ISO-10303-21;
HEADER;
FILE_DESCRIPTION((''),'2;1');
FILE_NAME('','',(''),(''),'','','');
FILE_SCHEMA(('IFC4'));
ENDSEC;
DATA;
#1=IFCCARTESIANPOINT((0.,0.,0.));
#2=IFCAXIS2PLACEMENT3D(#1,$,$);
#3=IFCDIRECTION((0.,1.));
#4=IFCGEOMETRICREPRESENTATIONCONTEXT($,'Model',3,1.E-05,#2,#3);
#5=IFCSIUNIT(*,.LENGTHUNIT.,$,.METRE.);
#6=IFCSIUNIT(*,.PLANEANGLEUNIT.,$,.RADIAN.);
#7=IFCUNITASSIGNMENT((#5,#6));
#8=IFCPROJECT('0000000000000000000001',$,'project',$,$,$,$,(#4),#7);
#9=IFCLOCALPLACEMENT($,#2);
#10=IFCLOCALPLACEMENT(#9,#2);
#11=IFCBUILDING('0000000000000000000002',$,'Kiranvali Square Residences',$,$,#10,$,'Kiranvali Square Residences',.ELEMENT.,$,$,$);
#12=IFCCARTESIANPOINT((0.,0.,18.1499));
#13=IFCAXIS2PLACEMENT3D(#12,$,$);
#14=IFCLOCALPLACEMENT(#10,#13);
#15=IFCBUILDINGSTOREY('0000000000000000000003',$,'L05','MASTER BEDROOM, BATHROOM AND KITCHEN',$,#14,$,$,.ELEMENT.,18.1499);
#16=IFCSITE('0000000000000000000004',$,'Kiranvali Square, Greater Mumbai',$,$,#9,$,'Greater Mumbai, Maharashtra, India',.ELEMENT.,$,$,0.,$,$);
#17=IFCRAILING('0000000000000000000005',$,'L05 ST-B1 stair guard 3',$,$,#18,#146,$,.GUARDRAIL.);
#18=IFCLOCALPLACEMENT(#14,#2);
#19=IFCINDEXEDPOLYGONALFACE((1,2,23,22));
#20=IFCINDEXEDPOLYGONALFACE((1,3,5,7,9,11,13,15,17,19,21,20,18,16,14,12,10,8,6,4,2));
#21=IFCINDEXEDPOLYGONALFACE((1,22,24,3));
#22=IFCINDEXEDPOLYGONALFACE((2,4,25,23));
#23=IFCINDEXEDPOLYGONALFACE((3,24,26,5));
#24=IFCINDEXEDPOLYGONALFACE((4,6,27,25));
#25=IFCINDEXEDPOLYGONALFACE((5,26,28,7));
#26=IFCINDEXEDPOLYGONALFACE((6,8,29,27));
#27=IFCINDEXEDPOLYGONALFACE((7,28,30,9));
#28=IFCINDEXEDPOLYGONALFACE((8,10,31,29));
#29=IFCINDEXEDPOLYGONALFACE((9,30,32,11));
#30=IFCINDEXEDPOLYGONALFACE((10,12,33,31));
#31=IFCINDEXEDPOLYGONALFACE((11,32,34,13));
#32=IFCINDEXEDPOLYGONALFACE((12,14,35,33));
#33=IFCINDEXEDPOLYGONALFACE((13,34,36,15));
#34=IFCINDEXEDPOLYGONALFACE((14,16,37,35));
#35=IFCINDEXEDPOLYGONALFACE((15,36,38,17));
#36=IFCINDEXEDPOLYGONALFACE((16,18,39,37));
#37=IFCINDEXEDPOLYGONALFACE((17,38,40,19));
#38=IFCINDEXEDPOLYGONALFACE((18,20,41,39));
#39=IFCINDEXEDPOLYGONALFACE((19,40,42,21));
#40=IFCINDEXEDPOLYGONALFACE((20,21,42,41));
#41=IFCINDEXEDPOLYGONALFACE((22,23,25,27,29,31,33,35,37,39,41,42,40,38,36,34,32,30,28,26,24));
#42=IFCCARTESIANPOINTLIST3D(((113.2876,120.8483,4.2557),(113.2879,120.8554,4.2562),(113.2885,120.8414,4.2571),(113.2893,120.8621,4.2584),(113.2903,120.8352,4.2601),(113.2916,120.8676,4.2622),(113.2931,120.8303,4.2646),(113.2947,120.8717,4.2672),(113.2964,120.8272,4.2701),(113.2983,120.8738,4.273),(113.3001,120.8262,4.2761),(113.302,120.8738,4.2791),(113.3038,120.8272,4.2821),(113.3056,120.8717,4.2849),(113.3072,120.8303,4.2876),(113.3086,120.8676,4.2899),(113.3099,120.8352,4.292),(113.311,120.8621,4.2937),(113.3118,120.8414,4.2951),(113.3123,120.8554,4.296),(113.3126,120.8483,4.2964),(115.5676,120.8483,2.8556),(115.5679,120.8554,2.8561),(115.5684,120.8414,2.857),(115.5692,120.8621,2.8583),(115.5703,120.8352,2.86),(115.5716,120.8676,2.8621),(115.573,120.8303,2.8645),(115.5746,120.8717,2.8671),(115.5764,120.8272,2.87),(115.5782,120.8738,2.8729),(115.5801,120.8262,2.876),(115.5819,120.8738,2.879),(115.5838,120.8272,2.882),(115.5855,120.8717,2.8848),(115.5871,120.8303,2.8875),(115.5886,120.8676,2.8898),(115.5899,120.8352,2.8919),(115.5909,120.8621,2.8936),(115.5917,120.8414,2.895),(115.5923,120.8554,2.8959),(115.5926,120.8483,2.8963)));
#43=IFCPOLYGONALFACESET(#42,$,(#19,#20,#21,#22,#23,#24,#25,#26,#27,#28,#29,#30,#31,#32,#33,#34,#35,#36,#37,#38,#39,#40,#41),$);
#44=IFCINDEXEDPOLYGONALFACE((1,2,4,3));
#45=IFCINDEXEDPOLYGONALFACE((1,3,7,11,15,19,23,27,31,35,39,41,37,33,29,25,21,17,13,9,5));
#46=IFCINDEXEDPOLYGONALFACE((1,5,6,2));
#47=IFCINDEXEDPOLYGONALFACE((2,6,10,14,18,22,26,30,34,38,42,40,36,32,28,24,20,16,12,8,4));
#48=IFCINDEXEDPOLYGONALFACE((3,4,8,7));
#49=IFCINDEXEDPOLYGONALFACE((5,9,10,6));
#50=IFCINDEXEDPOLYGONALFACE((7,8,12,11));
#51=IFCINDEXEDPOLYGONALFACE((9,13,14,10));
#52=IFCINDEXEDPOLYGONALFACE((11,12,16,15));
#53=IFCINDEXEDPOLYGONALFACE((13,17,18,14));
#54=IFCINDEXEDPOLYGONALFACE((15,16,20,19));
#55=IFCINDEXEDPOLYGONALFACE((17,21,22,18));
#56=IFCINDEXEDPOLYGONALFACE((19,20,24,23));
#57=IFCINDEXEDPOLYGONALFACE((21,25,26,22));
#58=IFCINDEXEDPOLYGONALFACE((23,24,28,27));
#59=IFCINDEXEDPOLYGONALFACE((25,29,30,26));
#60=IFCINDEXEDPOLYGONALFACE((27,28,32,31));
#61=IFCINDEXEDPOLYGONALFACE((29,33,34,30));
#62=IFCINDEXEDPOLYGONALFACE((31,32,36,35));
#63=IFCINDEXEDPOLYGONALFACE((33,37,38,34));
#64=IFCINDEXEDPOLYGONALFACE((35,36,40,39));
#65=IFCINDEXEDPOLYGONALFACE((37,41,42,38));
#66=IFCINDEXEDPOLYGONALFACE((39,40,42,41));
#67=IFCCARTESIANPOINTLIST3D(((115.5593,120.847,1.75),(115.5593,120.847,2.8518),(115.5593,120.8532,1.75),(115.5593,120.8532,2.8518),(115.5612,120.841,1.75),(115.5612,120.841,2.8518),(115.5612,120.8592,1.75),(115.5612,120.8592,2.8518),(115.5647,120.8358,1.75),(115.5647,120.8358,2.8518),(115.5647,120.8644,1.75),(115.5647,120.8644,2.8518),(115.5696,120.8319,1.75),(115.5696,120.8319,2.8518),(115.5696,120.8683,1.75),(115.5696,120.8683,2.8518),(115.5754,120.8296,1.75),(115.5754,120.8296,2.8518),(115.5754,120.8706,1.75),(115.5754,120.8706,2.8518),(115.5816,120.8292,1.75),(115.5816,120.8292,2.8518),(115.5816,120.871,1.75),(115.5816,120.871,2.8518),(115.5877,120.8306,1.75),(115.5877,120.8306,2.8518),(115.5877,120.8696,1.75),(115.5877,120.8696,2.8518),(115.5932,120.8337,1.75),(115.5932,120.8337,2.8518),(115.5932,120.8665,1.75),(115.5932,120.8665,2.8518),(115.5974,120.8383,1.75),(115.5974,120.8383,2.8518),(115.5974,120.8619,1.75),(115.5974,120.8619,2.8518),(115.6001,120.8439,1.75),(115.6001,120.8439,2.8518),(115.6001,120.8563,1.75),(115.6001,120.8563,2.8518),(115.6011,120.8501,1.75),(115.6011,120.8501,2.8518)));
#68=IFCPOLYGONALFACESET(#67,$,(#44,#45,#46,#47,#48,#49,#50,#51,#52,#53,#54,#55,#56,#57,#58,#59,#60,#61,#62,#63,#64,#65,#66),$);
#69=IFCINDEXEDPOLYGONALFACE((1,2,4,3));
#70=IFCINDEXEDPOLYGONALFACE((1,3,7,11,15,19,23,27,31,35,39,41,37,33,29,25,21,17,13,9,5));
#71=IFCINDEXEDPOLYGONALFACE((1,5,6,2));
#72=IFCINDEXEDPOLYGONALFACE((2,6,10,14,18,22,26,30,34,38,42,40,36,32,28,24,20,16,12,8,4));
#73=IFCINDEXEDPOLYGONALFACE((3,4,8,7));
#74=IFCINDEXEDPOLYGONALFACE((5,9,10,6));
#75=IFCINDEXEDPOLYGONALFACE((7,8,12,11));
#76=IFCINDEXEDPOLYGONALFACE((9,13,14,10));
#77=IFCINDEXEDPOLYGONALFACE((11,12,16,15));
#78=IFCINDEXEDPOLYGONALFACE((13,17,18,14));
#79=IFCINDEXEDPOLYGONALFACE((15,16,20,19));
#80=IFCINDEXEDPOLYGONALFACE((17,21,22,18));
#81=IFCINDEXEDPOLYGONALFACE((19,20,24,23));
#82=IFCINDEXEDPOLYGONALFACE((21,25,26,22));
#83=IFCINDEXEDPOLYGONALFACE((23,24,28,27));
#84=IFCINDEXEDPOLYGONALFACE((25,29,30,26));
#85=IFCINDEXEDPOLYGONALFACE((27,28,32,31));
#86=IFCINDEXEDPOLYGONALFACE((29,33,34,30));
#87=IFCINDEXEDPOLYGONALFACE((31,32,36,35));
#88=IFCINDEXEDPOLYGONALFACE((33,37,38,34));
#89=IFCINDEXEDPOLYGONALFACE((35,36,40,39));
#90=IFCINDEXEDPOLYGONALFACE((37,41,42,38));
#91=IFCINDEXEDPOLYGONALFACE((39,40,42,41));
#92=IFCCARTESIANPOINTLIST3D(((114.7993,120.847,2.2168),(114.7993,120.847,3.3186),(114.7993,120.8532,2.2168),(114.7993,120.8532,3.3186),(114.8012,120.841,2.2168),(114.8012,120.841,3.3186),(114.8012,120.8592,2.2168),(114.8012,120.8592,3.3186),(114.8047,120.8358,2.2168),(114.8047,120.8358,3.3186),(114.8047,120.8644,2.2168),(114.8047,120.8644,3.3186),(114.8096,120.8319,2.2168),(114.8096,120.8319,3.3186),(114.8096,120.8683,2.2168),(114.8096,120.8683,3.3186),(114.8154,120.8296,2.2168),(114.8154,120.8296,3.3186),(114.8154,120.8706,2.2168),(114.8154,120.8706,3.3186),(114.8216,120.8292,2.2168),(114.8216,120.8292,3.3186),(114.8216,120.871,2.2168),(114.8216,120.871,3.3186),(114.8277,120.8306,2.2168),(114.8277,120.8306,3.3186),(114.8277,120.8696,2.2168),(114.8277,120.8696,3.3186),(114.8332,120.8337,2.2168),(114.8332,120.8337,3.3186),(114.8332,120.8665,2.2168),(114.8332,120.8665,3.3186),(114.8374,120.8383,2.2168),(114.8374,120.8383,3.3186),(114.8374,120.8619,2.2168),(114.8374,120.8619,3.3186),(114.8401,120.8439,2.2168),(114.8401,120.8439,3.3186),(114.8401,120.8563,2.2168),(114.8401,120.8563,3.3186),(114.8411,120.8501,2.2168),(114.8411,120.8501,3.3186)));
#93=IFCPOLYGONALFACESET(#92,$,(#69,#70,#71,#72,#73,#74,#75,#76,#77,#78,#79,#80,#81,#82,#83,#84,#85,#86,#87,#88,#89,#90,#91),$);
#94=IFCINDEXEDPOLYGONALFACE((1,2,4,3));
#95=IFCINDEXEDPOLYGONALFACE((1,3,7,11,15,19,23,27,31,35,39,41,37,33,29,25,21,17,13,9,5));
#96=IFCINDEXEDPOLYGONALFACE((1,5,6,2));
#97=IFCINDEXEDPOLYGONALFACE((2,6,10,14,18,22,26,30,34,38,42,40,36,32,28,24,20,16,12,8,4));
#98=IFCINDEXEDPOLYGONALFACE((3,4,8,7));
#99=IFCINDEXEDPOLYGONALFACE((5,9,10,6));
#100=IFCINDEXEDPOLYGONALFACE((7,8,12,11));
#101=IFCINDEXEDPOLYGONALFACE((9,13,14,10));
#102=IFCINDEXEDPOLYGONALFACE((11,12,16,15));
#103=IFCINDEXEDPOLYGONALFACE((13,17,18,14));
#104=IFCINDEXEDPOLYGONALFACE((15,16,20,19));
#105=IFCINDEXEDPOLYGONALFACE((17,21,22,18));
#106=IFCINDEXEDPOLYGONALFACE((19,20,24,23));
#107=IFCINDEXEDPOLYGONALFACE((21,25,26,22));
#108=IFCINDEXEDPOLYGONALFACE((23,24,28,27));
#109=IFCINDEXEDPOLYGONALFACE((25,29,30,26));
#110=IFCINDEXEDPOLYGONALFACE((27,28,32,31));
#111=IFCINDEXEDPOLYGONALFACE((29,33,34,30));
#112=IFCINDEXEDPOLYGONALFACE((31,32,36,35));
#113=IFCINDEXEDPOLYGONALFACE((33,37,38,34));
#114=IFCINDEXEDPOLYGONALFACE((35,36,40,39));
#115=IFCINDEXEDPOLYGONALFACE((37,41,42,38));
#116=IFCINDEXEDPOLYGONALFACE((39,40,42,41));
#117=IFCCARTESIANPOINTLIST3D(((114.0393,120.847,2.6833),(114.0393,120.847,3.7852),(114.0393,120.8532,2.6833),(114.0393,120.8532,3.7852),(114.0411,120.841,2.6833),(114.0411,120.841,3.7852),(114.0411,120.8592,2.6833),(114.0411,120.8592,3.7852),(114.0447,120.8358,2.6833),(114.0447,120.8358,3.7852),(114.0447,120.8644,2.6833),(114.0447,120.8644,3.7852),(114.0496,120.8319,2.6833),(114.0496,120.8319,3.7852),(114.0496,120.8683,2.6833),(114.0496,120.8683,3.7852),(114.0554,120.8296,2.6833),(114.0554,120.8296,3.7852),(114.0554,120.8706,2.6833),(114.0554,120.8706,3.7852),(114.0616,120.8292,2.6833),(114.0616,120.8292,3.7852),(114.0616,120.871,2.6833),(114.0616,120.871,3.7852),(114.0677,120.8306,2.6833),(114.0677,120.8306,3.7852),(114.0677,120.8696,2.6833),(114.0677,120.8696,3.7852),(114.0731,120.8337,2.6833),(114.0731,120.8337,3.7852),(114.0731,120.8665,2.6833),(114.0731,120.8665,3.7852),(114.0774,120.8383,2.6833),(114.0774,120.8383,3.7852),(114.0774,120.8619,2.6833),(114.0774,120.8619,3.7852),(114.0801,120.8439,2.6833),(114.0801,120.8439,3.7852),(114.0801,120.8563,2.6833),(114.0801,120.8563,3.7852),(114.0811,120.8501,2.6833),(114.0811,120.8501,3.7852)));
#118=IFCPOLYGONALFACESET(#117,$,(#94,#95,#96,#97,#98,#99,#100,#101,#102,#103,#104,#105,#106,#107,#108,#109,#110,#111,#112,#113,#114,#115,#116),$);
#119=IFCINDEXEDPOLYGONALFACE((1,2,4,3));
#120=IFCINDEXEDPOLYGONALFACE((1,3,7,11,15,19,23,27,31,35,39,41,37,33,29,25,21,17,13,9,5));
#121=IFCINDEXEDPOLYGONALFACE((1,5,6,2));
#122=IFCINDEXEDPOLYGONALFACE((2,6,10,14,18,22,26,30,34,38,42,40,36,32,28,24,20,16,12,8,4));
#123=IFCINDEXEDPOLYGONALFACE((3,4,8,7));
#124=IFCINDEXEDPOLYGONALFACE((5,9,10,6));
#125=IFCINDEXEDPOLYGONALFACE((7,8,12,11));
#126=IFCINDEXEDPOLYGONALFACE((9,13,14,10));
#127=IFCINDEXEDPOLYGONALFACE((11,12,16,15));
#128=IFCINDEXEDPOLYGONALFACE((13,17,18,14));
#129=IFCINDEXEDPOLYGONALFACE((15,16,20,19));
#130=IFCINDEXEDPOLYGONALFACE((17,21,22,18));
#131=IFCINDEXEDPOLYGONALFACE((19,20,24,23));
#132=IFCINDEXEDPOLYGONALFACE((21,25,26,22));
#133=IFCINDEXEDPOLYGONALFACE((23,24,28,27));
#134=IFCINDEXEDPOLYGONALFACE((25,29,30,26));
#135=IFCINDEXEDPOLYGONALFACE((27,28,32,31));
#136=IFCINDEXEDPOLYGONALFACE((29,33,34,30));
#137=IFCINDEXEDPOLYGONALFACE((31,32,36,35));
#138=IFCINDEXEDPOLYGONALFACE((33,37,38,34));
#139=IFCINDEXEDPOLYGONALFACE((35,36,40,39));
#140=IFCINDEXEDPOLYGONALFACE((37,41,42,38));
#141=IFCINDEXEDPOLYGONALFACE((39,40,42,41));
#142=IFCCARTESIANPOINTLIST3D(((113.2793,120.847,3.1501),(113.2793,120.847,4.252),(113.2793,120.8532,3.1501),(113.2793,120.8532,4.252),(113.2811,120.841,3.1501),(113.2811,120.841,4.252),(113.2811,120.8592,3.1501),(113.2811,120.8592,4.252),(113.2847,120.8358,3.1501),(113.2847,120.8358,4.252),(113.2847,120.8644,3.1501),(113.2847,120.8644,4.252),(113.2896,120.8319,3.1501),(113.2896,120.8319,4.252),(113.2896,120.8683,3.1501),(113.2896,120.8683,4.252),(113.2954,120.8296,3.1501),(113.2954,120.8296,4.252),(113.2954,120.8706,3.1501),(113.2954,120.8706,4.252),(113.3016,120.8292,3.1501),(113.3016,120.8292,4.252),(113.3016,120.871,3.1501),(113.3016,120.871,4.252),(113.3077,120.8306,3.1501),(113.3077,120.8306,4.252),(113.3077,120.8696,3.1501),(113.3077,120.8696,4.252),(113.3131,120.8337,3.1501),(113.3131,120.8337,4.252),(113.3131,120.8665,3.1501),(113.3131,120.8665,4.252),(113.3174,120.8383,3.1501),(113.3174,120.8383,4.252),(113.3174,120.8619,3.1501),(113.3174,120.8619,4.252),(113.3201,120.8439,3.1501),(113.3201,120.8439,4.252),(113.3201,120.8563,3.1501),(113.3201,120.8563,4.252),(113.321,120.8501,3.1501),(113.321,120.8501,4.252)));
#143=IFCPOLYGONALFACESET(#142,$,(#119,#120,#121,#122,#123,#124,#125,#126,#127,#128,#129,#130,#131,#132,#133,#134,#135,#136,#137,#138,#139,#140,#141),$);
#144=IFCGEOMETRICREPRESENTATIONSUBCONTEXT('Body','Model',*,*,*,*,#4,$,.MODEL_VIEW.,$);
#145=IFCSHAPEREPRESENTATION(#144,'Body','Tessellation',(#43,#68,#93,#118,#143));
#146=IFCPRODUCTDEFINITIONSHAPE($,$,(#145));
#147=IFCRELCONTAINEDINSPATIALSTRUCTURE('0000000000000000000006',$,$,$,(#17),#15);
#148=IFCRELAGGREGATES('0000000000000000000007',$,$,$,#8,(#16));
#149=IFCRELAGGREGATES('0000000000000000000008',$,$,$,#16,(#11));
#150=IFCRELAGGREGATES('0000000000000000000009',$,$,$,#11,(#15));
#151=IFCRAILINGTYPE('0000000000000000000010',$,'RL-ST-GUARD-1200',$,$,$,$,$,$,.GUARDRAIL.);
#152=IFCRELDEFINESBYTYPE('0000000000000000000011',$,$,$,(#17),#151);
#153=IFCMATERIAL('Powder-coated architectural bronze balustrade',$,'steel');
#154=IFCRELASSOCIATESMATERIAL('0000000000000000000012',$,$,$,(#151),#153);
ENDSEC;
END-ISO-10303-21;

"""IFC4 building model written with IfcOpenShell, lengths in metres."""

from ifc_helpers import new_model, si_unit, direction, frame, origin, origin_2d, place, context, subcontext, project, spatial, circle, extrude, material, type_object, element, save


model = new_model("IFC4")

# Units and contexts
model_context = context("Model", 3, precision=1e-05, world=origin(), true_north=direction((0.0, 1.0)))
body_context = subcontext(model_context, "Body", "Model", "MODEL_VIEW")
ifc_project = project(units=[si_unit("LENGTHUNIT", "METRE"), si_unit("PLANEANGLEUNIT", "RADIAN")], contexts=[model_context])

# Site, building, storey
site_placement = place(None, origin())
site = spatial("IfcSite", under=ifc_project, at=site_placement, Name="Kiranvali Square, Greater Mumbai", LongName="Greater Mumbai, Maharashtra, India", CompositionType="ELEMENT", RefElevation=0.0)
building_placement = place(site_placement, origin())
building = spatial("IfcBuilding", under=site, at=building_placement, Name="Kiranvali Square Residences", LongName="Kiranvali Square Residences", CompositionType="ELEMENT")
storey_placement = place(building_placement, frame((0.0, 0.0, 18.1499)))
storey = spatial("IfcBuildingStorey", under=building, at=storey_placement, Name="L05", Description="MASTER BEDROOM, BATHROOM AND KITCHEN", CompositionType="ELEMENT", Elevation=18.1499)

# Railing
ifc_material_1 = material(Name="Powder-coated architectural bronze balustrade", Category="steel")
railing_type_1 = type_object("IfcRailingType", Name="RL-ST-GUARD-1200", PredefinedType="GUARDRAIL", material=ifc_material_1)
railing_1_placement = place(storey_placement, frame((115.5801, 120.8501, 1.75)))
element("IfcRailing", 1, at=railing_1_placement, inside=storey, type_object=railing_type_1, Name="L05 ST-B1 stair guard 3", PredefinedType="GUARDRAIL", context=body_context, shape_type="SweptSolid", body=[
    extrude(circle(Radius=0.0239, at=origin_2d()), frame((0.0, 0.0, 1.126), z_axis=(-0.85215, 0.0, 0.523298), x_axis=(0.0, -1.0, 0.0)), (0.0, 0.0, 1.0), 2.6755),
    extrude(circle(Radius=0.021, at=origin_2d()), origin(), (0.0, 0.0, 1.0), 1.1018),
    extrude(circle(Radius=0.021, at=origin_2d()), frame((-0.76, 0.0, 0.4668)), (0.0, 0.0, 1.0), 1.1018),
    extrude(circle(Radius=0.021, at=origin_2d()), frame((-1.52, 0.0, 0.9333)), (0.0, 0.0, 1.0), 1.1018),
    extrude(circle(Radius=0.021, at=origin_2d()), frame((-2.28, 0.0, 1.4001)), (0.0, 0.0, 1.0), 1.1018),
])

save(model, "model.ifc")
